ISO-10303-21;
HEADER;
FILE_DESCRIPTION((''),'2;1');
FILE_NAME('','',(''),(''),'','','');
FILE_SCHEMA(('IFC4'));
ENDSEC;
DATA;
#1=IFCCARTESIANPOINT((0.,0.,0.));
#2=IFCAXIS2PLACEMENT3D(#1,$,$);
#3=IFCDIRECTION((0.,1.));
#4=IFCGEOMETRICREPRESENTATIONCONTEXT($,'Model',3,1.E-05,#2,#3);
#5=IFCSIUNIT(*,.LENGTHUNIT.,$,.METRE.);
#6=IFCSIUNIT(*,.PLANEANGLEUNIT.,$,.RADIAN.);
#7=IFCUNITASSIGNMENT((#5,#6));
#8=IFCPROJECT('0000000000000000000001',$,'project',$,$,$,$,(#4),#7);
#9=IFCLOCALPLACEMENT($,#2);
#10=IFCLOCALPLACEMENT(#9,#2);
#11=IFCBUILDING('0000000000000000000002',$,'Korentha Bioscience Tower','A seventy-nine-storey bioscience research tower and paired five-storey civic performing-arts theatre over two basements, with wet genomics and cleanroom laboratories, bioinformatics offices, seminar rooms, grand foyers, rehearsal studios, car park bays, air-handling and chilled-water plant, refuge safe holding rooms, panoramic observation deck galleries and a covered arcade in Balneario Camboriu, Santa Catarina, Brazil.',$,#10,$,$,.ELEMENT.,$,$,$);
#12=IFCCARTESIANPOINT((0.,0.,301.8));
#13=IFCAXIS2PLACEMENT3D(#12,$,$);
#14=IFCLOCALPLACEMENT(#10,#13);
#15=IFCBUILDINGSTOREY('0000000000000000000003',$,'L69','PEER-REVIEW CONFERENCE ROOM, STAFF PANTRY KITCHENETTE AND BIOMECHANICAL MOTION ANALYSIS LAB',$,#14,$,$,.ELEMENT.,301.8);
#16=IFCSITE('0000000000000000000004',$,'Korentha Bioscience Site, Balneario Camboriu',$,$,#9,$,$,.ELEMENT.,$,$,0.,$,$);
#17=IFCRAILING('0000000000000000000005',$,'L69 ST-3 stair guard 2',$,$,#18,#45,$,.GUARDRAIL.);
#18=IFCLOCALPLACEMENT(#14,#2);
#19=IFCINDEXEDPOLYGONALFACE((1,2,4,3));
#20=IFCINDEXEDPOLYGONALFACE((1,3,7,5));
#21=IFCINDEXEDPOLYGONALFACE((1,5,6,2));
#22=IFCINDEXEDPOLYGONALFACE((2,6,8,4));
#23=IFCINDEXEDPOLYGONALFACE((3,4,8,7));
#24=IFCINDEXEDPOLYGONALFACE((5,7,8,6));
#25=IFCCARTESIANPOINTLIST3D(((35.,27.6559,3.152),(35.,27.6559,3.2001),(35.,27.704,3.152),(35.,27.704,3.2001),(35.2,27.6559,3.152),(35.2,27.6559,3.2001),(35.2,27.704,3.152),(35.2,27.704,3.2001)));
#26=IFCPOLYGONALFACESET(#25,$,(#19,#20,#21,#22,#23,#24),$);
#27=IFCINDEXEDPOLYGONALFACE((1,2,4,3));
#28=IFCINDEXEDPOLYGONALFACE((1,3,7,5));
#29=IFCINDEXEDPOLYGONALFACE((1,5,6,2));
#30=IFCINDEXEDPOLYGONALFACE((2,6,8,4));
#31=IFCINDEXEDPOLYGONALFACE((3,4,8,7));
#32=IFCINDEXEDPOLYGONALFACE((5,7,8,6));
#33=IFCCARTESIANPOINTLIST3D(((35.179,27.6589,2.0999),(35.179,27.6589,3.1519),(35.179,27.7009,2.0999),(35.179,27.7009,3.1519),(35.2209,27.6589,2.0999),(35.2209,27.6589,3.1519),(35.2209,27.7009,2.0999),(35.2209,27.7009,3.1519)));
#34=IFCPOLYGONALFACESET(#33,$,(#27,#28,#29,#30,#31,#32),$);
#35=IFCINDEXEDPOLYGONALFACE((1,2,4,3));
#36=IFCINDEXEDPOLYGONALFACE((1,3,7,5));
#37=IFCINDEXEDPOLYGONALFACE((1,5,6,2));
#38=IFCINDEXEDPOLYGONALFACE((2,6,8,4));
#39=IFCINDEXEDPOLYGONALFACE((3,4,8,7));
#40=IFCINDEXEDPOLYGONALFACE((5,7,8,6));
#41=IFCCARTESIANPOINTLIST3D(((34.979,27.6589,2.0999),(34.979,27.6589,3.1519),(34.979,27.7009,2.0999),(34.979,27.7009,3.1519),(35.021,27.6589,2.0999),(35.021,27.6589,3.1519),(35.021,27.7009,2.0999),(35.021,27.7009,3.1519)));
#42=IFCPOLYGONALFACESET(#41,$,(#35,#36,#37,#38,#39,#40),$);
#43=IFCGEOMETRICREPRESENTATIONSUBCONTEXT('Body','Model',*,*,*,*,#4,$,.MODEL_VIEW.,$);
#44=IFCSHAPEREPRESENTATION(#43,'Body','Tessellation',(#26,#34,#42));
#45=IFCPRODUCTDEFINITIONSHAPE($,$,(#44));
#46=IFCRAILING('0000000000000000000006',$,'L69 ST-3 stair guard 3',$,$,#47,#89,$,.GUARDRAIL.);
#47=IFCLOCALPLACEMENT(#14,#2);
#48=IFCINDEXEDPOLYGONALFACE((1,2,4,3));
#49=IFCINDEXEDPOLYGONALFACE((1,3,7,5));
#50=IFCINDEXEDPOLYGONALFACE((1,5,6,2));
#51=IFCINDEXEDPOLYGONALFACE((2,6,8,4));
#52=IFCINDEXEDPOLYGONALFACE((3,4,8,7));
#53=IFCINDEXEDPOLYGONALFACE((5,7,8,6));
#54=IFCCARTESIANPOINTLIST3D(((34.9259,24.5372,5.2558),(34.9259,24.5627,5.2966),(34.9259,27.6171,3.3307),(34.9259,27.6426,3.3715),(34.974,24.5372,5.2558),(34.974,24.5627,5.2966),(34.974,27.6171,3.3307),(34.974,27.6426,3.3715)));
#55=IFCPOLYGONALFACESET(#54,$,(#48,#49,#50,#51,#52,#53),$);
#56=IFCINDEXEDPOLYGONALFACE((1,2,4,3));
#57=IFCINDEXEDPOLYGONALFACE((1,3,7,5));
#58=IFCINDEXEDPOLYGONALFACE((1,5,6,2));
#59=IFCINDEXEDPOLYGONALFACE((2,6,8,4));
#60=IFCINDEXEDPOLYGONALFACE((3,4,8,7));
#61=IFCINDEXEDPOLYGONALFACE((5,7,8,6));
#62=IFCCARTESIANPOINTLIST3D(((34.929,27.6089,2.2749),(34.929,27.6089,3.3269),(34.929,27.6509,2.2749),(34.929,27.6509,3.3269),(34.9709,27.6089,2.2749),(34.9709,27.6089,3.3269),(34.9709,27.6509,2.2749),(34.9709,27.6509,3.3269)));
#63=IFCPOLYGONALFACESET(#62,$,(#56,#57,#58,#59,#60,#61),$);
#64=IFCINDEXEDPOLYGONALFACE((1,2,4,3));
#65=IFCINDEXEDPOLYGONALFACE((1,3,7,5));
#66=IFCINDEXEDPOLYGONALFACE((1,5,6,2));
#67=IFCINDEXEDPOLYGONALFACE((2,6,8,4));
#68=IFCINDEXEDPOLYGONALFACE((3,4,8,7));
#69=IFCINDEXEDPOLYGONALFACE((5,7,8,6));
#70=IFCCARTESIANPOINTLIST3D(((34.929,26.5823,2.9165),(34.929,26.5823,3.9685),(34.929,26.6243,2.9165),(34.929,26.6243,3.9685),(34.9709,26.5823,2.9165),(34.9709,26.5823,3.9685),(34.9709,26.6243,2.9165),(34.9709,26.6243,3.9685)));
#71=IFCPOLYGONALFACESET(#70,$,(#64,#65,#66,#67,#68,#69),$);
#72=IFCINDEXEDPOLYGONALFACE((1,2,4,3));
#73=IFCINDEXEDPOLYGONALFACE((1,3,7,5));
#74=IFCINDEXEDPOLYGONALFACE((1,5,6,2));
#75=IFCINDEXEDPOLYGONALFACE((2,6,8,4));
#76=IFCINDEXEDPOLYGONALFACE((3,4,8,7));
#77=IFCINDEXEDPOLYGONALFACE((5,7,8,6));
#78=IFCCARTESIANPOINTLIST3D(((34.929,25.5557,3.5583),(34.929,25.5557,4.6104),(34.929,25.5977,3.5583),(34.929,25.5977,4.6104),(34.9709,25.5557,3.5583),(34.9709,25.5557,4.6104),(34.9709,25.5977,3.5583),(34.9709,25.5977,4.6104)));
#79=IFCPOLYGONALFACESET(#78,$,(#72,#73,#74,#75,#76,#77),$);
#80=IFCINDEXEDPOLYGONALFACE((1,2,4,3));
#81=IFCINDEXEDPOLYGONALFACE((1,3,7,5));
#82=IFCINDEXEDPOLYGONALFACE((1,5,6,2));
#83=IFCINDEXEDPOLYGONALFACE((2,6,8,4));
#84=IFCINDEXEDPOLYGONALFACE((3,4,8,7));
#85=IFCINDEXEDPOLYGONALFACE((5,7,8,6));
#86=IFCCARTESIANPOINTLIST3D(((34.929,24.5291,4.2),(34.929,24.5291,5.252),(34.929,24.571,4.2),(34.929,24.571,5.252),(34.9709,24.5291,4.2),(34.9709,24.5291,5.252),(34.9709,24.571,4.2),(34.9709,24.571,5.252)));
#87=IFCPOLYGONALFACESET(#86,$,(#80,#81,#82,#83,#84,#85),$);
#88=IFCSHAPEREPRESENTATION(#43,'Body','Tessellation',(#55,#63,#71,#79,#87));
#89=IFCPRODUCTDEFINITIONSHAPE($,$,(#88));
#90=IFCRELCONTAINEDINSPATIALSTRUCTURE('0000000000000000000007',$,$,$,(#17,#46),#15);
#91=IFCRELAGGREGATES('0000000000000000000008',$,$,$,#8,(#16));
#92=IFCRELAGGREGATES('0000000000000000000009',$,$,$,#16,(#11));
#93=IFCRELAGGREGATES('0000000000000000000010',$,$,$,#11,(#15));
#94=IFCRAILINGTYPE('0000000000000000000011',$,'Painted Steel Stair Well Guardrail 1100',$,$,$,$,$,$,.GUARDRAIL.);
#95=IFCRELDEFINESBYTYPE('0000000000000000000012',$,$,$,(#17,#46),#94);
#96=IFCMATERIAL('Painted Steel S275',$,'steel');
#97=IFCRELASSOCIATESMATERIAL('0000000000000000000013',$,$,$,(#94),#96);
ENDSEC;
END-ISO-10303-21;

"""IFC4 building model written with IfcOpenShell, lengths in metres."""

from ifc_helpers import new_model, si_unit, direction, frame, origin, origin_2d, place, context, subcontext, project, spatial, rectangle, extrude, material, type_object, element, save


model = new_model("IFC4")

# Units and contexts
model_context = context("Model", 3, precision=1e-05, world=origin(), true_north=direction((0.0, 1.0)))
body_context = subcontext(model_context, "Body", "Model", "MODEL_VIEW")
ifc_project = project(units=[si_unit("LENGTHUNIT", "METRE"), si_unit("PLANEANGLEUNIT", "RADIAN")], contexts=[model_context])

# Site, building, storey
site_placement = place(None, origin())
site = spatial("IfcSite", under=ifc_project, at=site_placement, Name="Korentha Bioscience Site, Balneario Camboriu", CompositionType="ELEMENT", RefElevation=0.0)
building_placement = place(site_placement, origin())
building = spatial("IfcBuilding", under=site, at=building_placement, Name="Korentha Bioscience Tower", Description="A seventy-nine-storey bioscience research tower and paired five-storey civic performing-arts theatre over two basements, with wet genomics and cleanroom laboratories, bioinformatics offices, seminar rooms, grand foyers, rehearsal studios, car park bays, air-handling and chilled-water plant, refuge safe holding rooms, panoramic observation deck galleries and a covered arcade in Balneario Camboriu, Santa Catarina, Brazil.", CompositionType="ELEMENT")
storey_placement = place(building_placement, frame((0.0, 0.0, 301.8)))
storey = spatial("IfcBuildingStorey", under=building, at=storey_placement, Name="L69", Description="PEER-REVIEW CONFERENCE ROOM, STAFF PANTRY KITCHENETTE AND BIOMECHANICAL MOTION ANALYSIS LAB", CompositionType="ELEMENT", Elevation=301.8)

# Railings
ifc_material_1 = material(Name="Painted Steel S275", Category="steel")
railing_type_1 = type_object("IfcRailingType", Name="Painted Steel Stair Well Guardrail 1100", PredefinedType="GUARDRAIL", material=ifc_material_1)
railing_1_placement = place(storey_placement, frame((35.2, 27.6799, 2.0999)))
element("IfcRailing", 1, at=railing_1_placement, inside=storey, type_object=railing_type_1, Name="L69 ST-3 stair guard 2", PredefinedType="GUARDRAIL", context=body_context, shape_type="SweptSolid", body=[
    extrude(rectangle(XDim=0.0481, YDim=0.0481, at=origin_2d()), frame((0.0, 0.0, 1.0762), z_axis=(-1.0, 0.0, 0.0), x_axis=(0.0, -1.0, 0.0)), (0.0, 0.0, 1.0), 0.2),
    extrude(rectangle(XDim=0.042, YDim=0.042, at=origin_2d()), origin(), (0.0, 0.0, 1.0), 1.052),
    extrude(rectangle(XDim=0.042, YDim=0.042, at=origin_2d()), frame((-0.2, 0.0, 0.0)), (0.0, 0.0, 1.0), 1.052),
])
railing_2_placement = place(storey_placement, frame((34.95, 27.6299, 2.2749)))
element("IfcRailing", 2, at=railing_2_placement, inside=storey, type_object=railing_type_1, Name="L69 ST-3 stair guard 3", PredefinedType="GUARDRAIL", context=body_context, shape_type="SweptSolid", body=[
    extrude(rectangle(XDim=0.0481, YDim=0.0481, at=origin_2d()), frame((0.0, 0.0, 1.0762), z_axis=(0.0, -0.847979, 0.530029), x_axis=(1.0, 0.0, 0.0)), (0.0, 0.0, 1.0), 3.6321),
    extrude(rectangle(XDim=0.042, YDim=0.042, at=origin_2d()), origin(), (0.0, 0.0, 1.0), 1.052),
    extrude(rectangle(XDim=0.042, YDim=0.042, at=origin_2d()), frame((0.0, -1.0266, 0.6416)), (0.0, 0.0, 1.0), 1.052),
    extrude(rectangle(XDim=0.042, YDim=0.042, at=origin_2d()), frame((0.0, -2.0532, 1.2834)), (0.0, 0.0, 1.0), 1.052),
    extrude(rectangle(XDim=0.042, YDim=0.042, at=origin_2d()), frame((0.0, -3.0798, 1.925)), (0.0, 0.0, 1.0), 1.052),
])

save(model, "model.ifc")
